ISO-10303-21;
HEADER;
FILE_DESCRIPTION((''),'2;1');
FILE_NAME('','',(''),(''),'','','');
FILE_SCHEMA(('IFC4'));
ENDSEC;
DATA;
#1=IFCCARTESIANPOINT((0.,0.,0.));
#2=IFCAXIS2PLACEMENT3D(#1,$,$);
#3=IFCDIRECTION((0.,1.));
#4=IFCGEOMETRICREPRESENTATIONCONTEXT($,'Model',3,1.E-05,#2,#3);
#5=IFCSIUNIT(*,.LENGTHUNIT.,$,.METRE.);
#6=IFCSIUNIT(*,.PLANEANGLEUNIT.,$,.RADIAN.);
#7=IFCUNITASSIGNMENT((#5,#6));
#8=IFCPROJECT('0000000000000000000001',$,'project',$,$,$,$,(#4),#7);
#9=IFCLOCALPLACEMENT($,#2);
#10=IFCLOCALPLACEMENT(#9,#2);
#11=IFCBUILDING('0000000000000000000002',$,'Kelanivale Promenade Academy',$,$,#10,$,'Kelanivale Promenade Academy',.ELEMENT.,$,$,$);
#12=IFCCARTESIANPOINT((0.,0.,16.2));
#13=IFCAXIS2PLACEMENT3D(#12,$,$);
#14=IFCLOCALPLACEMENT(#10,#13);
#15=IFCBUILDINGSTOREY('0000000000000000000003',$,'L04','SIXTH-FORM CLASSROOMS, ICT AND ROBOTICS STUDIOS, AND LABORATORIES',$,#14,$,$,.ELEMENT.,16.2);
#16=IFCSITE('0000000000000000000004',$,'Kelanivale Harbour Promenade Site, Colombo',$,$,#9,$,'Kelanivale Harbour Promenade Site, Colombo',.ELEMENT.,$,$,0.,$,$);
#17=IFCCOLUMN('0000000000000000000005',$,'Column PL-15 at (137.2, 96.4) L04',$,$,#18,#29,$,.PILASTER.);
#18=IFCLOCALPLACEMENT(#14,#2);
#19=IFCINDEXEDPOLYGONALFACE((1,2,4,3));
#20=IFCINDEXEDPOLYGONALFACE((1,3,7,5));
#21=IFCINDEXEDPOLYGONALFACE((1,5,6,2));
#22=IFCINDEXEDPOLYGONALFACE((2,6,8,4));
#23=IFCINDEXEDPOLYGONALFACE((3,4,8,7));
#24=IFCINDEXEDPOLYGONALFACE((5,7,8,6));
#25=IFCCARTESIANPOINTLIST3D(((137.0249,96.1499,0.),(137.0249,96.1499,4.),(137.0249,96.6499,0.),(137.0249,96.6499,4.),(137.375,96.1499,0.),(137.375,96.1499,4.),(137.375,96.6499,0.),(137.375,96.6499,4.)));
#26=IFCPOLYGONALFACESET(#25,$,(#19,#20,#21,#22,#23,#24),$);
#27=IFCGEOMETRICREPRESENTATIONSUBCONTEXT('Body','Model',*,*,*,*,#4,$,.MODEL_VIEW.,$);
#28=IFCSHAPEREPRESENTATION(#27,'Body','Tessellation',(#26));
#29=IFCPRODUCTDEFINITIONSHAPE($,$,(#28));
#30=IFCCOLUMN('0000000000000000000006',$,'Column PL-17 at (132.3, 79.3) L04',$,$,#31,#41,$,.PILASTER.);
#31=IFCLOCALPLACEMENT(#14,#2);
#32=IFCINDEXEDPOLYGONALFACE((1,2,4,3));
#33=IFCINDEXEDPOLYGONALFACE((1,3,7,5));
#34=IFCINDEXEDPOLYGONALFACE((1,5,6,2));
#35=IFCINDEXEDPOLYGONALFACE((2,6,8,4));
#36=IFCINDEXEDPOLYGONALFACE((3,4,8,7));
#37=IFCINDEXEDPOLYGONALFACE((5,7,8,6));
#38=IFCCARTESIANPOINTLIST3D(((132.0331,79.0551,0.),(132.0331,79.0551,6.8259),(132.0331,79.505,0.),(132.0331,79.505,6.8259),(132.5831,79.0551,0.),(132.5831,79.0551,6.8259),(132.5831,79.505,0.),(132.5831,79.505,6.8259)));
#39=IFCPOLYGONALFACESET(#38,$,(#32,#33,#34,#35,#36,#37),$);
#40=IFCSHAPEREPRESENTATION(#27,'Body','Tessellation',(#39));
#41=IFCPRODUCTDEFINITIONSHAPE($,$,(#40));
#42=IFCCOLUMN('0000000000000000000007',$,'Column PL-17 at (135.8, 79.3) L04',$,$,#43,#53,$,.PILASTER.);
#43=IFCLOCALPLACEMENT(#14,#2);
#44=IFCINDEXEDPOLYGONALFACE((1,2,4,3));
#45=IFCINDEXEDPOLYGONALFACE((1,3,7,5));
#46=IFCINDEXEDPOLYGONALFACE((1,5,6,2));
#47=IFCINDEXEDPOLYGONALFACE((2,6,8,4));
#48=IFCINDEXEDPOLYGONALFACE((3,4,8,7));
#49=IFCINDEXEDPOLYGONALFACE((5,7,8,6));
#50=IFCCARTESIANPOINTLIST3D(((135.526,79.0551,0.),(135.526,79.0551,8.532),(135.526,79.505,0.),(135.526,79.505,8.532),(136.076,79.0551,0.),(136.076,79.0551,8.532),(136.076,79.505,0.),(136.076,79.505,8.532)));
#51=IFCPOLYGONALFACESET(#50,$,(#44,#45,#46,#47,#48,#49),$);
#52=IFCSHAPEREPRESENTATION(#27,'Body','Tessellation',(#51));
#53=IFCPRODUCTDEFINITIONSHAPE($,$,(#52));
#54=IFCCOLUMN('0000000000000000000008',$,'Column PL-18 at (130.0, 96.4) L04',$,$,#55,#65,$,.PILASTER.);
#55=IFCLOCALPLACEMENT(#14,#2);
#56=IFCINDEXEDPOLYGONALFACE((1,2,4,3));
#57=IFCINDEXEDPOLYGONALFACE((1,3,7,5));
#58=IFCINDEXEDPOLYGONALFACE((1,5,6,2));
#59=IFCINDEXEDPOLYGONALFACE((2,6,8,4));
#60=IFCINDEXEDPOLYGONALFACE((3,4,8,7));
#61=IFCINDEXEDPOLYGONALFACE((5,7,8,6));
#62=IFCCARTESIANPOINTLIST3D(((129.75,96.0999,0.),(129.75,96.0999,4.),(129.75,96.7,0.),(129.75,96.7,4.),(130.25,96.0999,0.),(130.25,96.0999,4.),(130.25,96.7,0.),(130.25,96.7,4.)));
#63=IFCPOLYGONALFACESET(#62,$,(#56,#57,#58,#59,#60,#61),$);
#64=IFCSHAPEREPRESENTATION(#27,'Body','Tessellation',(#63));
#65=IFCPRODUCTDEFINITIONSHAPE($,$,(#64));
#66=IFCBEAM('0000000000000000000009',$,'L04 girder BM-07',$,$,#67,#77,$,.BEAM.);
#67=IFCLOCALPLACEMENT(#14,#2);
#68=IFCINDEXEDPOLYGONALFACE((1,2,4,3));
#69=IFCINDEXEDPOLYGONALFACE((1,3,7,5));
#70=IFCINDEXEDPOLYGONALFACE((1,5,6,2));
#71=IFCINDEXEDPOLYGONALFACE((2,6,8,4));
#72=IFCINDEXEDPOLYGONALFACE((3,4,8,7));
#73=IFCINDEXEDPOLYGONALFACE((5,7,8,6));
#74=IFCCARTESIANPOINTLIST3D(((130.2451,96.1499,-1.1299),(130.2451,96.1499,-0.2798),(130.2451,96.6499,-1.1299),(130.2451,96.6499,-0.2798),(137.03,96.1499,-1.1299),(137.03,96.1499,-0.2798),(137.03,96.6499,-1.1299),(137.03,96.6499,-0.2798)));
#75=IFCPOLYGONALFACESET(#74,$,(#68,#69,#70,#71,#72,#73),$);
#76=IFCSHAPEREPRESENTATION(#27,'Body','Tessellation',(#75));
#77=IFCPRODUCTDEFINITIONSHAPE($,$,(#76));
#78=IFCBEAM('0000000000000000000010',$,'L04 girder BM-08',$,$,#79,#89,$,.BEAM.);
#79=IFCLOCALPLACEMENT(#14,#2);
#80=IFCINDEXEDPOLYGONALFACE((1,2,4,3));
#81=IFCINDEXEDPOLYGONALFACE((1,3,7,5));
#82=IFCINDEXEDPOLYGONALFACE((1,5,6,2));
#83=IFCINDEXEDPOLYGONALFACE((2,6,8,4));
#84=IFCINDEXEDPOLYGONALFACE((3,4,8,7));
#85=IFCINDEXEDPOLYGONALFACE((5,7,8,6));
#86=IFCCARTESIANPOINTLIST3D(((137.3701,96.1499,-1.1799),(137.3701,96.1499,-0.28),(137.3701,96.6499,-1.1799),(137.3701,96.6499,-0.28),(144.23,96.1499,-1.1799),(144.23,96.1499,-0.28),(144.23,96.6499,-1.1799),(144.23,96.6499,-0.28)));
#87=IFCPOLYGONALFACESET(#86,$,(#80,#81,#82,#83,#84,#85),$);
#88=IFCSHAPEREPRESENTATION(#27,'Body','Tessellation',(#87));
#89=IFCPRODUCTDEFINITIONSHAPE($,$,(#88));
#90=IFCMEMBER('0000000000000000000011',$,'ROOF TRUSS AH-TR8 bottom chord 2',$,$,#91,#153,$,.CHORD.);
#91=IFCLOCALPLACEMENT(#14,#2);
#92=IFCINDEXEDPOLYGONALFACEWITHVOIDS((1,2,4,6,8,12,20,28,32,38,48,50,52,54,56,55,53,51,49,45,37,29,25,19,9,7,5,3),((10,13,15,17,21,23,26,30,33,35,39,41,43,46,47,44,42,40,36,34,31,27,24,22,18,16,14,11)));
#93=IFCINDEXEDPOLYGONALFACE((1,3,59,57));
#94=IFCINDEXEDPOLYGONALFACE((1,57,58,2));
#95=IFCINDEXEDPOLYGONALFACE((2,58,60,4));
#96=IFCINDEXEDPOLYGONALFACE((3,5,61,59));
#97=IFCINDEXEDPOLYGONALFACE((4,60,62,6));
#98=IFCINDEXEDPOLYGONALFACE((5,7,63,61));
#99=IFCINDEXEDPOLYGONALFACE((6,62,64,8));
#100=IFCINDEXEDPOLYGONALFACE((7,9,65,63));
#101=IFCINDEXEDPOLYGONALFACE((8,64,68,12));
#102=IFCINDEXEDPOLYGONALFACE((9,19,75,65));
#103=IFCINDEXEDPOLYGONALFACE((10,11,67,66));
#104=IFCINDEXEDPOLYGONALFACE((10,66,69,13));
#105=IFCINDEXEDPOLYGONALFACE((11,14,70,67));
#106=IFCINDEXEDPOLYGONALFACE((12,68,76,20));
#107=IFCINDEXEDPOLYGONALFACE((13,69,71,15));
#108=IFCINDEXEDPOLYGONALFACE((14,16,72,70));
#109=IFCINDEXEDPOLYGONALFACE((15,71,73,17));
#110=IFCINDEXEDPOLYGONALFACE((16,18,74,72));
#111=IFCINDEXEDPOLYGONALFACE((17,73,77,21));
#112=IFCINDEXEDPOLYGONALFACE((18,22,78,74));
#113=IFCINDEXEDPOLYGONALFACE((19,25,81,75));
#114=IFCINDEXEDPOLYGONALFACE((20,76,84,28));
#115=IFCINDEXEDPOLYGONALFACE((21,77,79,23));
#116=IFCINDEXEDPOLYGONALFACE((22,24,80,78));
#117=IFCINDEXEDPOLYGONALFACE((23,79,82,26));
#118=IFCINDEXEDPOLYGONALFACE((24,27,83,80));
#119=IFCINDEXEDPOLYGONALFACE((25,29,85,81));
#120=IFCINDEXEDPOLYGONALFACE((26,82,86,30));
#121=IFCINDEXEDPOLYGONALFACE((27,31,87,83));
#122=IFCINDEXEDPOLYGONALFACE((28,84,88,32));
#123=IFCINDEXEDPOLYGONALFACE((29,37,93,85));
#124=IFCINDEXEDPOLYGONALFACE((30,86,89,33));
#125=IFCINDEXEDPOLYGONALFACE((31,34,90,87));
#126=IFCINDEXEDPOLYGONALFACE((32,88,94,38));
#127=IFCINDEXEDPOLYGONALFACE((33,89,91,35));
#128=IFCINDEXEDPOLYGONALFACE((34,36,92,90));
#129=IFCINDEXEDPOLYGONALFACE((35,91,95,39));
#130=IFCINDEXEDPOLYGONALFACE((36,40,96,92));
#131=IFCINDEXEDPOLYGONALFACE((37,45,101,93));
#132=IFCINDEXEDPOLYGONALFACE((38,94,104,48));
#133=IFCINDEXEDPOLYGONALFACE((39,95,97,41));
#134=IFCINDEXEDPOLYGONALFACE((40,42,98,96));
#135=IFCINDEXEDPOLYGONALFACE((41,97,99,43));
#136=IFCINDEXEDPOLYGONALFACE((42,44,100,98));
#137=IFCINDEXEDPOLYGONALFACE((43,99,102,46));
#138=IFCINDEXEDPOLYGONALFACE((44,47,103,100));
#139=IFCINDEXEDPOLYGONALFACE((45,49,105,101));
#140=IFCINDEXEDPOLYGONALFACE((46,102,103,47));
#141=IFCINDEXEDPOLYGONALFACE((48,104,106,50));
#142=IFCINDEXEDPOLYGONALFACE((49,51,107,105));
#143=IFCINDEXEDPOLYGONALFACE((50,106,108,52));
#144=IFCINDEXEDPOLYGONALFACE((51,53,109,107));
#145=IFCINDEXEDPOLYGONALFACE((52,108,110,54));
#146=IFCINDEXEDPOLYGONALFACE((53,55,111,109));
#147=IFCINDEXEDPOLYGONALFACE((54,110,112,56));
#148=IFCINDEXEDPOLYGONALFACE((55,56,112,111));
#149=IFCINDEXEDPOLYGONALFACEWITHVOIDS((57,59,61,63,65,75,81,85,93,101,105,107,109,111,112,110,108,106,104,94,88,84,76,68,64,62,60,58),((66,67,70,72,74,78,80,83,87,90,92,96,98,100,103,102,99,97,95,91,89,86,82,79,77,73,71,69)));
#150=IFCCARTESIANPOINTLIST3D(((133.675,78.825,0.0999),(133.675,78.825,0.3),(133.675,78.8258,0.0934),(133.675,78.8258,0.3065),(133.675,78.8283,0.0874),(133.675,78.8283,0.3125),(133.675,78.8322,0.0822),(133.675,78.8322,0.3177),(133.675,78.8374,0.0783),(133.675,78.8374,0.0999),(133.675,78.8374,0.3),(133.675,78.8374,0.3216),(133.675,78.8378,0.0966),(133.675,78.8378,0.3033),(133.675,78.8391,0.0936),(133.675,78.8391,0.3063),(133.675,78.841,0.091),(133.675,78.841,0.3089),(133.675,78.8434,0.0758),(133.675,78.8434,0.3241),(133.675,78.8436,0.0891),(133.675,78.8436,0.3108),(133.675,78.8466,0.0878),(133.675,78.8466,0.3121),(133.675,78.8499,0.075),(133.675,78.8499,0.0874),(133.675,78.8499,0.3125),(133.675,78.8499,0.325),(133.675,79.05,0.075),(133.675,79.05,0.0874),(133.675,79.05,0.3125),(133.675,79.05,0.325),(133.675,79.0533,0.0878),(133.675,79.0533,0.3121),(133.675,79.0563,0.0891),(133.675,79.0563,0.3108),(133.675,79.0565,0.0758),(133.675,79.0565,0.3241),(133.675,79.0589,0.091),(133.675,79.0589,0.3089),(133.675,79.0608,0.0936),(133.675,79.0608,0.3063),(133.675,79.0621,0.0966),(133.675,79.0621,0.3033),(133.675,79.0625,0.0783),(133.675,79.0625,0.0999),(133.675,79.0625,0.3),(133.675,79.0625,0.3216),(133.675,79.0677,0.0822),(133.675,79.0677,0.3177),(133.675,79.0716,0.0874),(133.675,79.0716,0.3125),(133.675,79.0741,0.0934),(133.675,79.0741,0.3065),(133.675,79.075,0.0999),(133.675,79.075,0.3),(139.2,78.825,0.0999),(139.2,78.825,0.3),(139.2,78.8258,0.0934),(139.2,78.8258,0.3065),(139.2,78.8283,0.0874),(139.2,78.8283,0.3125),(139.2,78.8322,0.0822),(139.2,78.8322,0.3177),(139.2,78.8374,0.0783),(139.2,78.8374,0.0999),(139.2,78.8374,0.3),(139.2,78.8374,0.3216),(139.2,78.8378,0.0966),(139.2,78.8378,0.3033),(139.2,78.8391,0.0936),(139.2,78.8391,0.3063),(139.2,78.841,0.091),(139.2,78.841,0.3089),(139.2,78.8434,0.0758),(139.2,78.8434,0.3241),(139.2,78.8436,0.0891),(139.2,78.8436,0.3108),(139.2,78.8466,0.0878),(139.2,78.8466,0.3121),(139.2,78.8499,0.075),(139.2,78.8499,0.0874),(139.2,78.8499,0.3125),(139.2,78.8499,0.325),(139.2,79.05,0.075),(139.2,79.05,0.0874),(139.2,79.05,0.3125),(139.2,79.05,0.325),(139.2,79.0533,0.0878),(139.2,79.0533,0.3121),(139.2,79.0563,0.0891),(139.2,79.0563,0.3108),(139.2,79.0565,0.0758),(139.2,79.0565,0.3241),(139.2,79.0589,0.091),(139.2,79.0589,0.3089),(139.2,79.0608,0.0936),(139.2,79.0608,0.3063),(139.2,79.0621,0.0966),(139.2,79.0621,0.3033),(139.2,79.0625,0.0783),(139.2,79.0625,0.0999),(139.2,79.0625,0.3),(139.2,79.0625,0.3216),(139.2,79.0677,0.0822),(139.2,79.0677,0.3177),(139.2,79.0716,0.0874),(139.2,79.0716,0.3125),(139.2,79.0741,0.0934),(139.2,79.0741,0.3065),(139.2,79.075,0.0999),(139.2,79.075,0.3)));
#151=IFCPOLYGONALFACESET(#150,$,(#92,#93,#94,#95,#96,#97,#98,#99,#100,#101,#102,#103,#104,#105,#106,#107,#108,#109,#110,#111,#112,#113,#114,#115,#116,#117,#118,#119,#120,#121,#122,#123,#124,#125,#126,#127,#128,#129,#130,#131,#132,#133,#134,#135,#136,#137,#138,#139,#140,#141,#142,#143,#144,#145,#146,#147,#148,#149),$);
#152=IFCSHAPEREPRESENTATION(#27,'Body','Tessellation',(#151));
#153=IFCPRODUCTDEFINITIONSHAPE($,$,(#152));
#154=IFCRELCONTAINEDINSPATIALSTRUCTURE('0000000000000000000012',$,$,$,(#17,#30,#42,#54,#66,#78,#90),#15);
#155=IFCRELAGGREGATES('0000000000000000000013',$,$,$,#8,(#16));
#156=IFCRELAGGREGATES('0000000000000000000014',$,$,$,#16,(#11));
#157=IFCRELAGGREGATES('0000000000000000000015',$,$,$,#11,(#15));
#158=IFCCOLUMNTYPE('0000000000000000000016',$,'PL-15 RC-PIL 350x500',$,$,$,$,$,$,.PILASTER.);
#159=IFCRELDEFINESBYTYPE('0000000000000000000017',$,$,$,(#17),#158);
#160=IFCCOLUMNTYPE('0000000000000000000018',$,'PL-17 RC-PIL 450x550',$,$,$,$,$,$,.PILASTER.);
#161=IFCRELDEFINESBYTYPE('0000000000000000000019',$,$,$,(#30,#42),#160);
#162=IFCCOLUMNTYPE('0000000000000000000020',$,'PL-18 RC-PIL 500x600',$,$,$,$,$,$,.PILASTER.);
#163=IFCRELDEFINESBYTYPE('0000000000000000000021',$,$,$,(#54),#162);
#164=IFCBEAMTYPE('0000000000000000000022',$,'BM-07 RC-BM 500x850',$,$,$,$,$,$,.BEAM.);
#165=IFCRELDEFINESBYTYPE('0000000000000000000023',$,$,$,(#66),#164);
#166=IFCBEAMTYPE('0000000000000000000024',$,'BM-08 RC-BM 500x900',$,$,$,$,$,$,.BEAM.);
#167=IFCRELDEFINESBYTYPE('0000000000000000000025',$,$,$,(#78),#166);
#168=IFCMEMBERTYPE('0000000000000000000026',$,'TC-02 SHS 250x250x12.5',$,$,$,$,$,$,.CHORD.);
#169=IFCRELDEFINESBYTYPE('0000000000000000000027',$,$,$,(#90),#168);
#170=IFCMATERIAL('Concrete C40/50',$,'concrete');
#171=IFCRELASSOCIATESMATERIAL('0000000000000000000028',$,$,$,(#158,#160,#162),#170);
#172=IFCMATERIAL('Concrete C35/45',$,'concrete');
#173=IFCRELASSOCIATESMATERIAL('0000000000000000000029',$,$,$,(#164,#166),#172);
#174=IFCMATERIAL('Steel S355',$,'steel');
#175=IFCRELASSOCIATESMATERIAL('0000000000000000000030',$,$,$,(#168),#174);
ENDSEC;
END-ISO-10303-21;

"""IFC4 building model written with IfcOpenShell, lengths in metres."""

from ifc_helpers import new_model, si_unit, direction, frame, origin, origin_2d, place, context, subcontext, project, spatial, rectangle, hollow_rectangle, extrude, material, material_profile, profile_set, type_object, element, save


model = new_model("IFC4")

# Units and contexts
model_context = context("Model", 3, precision=1e-05, world=origin(), true_north=direction((0.0, 1.0)))
body_context = subcontext(model_context, "Body", "Model", "MODEL_VIEW")
ifc_project = project(units=[si_unit("LENGTHUNIT", "METRE"), si_unit("PLANEANGLEUNIT", "RADIAN")], contexts=[model_context])

# Site, building, storey
site_placement = place(None, origin())
site = spatial("IfcSite", under=ifc_project, at=site_placement, Name="Kelanivale Harbour Promenade Site, Colombo", LongName="Kelanivale Harbour Promenade Site, Colombo", CompositionType="ELEMENT", RefElevation=0.0)
building_placement = place(site_placement, origin())
building = spatial("IfcBuilding", under=site, at=building_placement, Name="Kelanivale Promenade Academy", LongName="Kelanivale Promenade Academy", CompositionType="ELEMENT")
storey_placement = place(building_placement, frame((0.0, 0.0, 16.2)))
storey = spatial("IfcBuildingStorey", under=building, at=storey_placement, Name="L04", Description="SIXTH-FORM CLASSROOMS, ICT AND ROBOTICS STUDIOS, AND LABORATORIES", CompositionType="ELEMENT", Elevation=16.2)

# Columns
ifc_material_1 = material(Name="Concrete C40/50", Category="concrete")
ifc_material_profile_1 = material_profile(ifc_material_1, rectangle(XDim=0.3501, YDim=0.5, at=origin_2d()), Name="RC-PIL 350x500")
ifc_profile_set_1 = profile_set([ifc_material_profile_1], Name="Concrete C40/50")
column_type_1 = type_object("IfcColumnType", Name="PL-15 RC-PIL 350x500", PredefinedType="PILASTER", material=ifc_profile_set_1)
column_1_placement = place(storey_placement, frame((137.2, 96.3999, 0.0), z_axis=(0.0, 0.0, 1.0), x_axis=(1.0, 0.0, 0.0)))
element("IfcColumn", 1, at=column_1_placement, inside=storey, type_object=column_type_1, Name="Column PL-15 at (137.2, 96.4) L04", PredefinedType="PILASTER", context=body_context, shape_type="SweptSolid", body=[
    extrude(rectangle(XDim=0.3501, YDim=0.5, at=origin_2d()), origin(), (0.0, 0.0, 1.0), 4.0),
])
ifc_material_profile_2 = material_profile(ifc_material_1, rectangle(XDim=0.45, YDim=0.55, at=origin_2d()), Name="RC-PIL 450x550")
ifc_profile_set_2 = profile_set([ifc_material_profile_2], Name="Concrete C40/50")
column_type_2 = type_object("IfcColumnType", Name="PL-17 RC-PIL 450x550", PredefinedType="PILASTER", material=ifc_profile_set_2)
column_2_placement = place(storey_placement, frame((132.3081, 79.28, 0.0), z_axis=(0.0, 0.0, 1.0), x_axis=(0.0, 1.0, 0.0)))
element("IfcColumn", 2, at=column_2_placement, inside=storey, type_object=column_type_2, Name="Column PL-17 at (132.3, 79.3) L04", PredefinedType="PILASTER", context=body_context, shape_type="SweptSolid", body=[
    extrude(rectangle(XDim=0.45, YDim=0.55, at=origin_2d()), origin(), (0.0, 0.0, 1.0), 6.8259),
])
column_3_placement = place(storey_placement, frame((135.801, 79.28, 0.0), z_axis=(0.0, 0.0, 1.0), x_axis=(0.0, 1.0, 0.0)))
element("IfcColumn", 3, at=column_3_placement, inside=storey, type_object=column_type_2, Name="Column PL-17 at (135.8, 79.3) L04", PredefinedType="PILASTER", context=body_context, shape_type="SweptSolid", body=[
    extrude(rectangle(XDim=0.45, YDim=0.55, at=origin_2d()), origin(), (0.0, 0.0, 1.0), 8.532),
])
ifc_material_profile_3 = material_profile(ifc_material_1, rectangle(XDim=0.5, YDim=0.6001, at=origin_2d()), Name="RC-PIL 500x600")
ifc_profile_set_3 = profile_set([ifc_material_profile_3], Name="Concrete C40/50")
column_type_3 = type_object("IfcColumnType", Name="PL-18 RC-PIL 500x600", PredefinedType="PILASTER", material=ifc_profile_set_3)
column_4_placement = place(storey_placement, frame((130.0, 96.3999, 0.0), z_axis=(0.0, 0.0, 1.0), x_axis=(1.0, 0.0, 0.0)))
element("IfcColumn", 4, at=column_4_placement, inside=storey, type_object=column_type_3, Name="Column PL-18 at (130.0, 96.4) L04", PredefinedType="PILASTER", context=body_context, shape_type="SweptSolid", body=[
    extrude(rectangle(XDim=0.5, YDim=0.6001, at=origin_2d()), origin(), (0.0, 0.0, 1.0), 4.0),
])

# Beams
ifc_material_2 = material(Name="Concrete C35/45", Category="concrete")
ifc_material_profile_4 = material_profile(ifc_material_2, rectangle(XDim=0.5, YDim=0.8501, at=origin_2d()), Name="RC-BM 500x850")
ifc_profile_set_4 = profile_set([ifc_material_profile_4], Name="Concrete C35/45")
beam_type_1 = type_object("IfcBeamType", Name="BM-07 RC-BM 500x850", PredefinedType="BEAM", material=ifc_profile_set_4)
beam_1_placement = place(storey_placement, frame((130.2451, 96.3999, -0.7048), z_axis=(1.0, 0.0, 0.0), x_axis=(0.0, 1.0, 0.0)))
element("IfcBeam", 5, at=beam_1_placement, inside=storey, type_object=beam_type_1, Name="L04 girder BM-07", PredefinedType="BEAM", context=body_context, shape_type="SweptSolid", body=[
    extrude(rectangle(XDim=0.5, YDim=0.8501, at=origin_2d()), origin(), (0.0, 0.0, 1.0), 6.7849),
])
ifc_material_profile_5 = material_profile(ifc_material_2, rectangle(XDim=0.5, YDim=0.8999, at=origin_2d()), Name="RC-BM 500x900")
ifc_profile_set_5 = profile_set([ifc_material_profile_5], Name="Concrete C35/45")
beam_type_2 = type_object("IfcBeamType", Name="BM-08 RC-BM 500x900", PredefinedType="BEAM", material=ifc_profile_set_5)
beam_2_placement = place(storey_placement, frame((137.3701, 96.3999, -0.73), z_axis=(1.0, 0.0, 0.0), x_axis=(0.0, 1.0, 0.0)))
element("IfcBeam", 6, at=beam_2_placement, inside=storey, type_object=beam_type_2, Name="L04 girder BM-08", PredefinedType="BEAM", context=body_context, shape_type="SweptSolid", body=[
    extrude(rectangle(XDim=0.5, YDim=0.8999, at=origin_2d()), origin(), (0.0, 0.0, 1.0), 6.8599),
])

# Member
ifc_material_3 = material(Name="Steel S355", Category="steel")
ifc_material_profile_6 = material_profile(ifc_material_3, hollow_rectangle(XDim=0.25, YDim=0.25, WallThickness=0.0125, InnerFilletRadius=0.0125, OuterFilletRadius=0.0249, at=origin_2d()), Name="SHS 250x250x12.5")
ifc_profile_set_6 = profile_set([ifc_material_profile_6], Name="Steel S355")
member_type_1 = type_object("IfcMemberType", Name="TC-02 SHS 250x250x12.5", PredefinedType="CHORD", material=ifc_profile_set_6)
member_1_placement = place(storey_placement, frame((133.675, 78.95, 0.2), z_axis=(1.0, 0.0, 0.0), x_axis=(0.0, 1.0, 0.0)))
element("IfcMember", 7, at=member_1_placement, inside=storey, type_object=member_type_1, Name="ROOF TRUSS AH-TR8 bottom chord 2", PredefinedType="CHORD", context=body_context, shape_type="SweptSolid", body=[
    extrude(hollow_rectangle(XDim=0.25, YDim=0.25, WallThickness=0.0125, InnerFilletRadius=0.0125, OuterFilletRadius=0.0249, at=origin_2d()), origin(), (0.0, 0.0, 1.0), 5.5249),
])

save(model, "model.ifc")
